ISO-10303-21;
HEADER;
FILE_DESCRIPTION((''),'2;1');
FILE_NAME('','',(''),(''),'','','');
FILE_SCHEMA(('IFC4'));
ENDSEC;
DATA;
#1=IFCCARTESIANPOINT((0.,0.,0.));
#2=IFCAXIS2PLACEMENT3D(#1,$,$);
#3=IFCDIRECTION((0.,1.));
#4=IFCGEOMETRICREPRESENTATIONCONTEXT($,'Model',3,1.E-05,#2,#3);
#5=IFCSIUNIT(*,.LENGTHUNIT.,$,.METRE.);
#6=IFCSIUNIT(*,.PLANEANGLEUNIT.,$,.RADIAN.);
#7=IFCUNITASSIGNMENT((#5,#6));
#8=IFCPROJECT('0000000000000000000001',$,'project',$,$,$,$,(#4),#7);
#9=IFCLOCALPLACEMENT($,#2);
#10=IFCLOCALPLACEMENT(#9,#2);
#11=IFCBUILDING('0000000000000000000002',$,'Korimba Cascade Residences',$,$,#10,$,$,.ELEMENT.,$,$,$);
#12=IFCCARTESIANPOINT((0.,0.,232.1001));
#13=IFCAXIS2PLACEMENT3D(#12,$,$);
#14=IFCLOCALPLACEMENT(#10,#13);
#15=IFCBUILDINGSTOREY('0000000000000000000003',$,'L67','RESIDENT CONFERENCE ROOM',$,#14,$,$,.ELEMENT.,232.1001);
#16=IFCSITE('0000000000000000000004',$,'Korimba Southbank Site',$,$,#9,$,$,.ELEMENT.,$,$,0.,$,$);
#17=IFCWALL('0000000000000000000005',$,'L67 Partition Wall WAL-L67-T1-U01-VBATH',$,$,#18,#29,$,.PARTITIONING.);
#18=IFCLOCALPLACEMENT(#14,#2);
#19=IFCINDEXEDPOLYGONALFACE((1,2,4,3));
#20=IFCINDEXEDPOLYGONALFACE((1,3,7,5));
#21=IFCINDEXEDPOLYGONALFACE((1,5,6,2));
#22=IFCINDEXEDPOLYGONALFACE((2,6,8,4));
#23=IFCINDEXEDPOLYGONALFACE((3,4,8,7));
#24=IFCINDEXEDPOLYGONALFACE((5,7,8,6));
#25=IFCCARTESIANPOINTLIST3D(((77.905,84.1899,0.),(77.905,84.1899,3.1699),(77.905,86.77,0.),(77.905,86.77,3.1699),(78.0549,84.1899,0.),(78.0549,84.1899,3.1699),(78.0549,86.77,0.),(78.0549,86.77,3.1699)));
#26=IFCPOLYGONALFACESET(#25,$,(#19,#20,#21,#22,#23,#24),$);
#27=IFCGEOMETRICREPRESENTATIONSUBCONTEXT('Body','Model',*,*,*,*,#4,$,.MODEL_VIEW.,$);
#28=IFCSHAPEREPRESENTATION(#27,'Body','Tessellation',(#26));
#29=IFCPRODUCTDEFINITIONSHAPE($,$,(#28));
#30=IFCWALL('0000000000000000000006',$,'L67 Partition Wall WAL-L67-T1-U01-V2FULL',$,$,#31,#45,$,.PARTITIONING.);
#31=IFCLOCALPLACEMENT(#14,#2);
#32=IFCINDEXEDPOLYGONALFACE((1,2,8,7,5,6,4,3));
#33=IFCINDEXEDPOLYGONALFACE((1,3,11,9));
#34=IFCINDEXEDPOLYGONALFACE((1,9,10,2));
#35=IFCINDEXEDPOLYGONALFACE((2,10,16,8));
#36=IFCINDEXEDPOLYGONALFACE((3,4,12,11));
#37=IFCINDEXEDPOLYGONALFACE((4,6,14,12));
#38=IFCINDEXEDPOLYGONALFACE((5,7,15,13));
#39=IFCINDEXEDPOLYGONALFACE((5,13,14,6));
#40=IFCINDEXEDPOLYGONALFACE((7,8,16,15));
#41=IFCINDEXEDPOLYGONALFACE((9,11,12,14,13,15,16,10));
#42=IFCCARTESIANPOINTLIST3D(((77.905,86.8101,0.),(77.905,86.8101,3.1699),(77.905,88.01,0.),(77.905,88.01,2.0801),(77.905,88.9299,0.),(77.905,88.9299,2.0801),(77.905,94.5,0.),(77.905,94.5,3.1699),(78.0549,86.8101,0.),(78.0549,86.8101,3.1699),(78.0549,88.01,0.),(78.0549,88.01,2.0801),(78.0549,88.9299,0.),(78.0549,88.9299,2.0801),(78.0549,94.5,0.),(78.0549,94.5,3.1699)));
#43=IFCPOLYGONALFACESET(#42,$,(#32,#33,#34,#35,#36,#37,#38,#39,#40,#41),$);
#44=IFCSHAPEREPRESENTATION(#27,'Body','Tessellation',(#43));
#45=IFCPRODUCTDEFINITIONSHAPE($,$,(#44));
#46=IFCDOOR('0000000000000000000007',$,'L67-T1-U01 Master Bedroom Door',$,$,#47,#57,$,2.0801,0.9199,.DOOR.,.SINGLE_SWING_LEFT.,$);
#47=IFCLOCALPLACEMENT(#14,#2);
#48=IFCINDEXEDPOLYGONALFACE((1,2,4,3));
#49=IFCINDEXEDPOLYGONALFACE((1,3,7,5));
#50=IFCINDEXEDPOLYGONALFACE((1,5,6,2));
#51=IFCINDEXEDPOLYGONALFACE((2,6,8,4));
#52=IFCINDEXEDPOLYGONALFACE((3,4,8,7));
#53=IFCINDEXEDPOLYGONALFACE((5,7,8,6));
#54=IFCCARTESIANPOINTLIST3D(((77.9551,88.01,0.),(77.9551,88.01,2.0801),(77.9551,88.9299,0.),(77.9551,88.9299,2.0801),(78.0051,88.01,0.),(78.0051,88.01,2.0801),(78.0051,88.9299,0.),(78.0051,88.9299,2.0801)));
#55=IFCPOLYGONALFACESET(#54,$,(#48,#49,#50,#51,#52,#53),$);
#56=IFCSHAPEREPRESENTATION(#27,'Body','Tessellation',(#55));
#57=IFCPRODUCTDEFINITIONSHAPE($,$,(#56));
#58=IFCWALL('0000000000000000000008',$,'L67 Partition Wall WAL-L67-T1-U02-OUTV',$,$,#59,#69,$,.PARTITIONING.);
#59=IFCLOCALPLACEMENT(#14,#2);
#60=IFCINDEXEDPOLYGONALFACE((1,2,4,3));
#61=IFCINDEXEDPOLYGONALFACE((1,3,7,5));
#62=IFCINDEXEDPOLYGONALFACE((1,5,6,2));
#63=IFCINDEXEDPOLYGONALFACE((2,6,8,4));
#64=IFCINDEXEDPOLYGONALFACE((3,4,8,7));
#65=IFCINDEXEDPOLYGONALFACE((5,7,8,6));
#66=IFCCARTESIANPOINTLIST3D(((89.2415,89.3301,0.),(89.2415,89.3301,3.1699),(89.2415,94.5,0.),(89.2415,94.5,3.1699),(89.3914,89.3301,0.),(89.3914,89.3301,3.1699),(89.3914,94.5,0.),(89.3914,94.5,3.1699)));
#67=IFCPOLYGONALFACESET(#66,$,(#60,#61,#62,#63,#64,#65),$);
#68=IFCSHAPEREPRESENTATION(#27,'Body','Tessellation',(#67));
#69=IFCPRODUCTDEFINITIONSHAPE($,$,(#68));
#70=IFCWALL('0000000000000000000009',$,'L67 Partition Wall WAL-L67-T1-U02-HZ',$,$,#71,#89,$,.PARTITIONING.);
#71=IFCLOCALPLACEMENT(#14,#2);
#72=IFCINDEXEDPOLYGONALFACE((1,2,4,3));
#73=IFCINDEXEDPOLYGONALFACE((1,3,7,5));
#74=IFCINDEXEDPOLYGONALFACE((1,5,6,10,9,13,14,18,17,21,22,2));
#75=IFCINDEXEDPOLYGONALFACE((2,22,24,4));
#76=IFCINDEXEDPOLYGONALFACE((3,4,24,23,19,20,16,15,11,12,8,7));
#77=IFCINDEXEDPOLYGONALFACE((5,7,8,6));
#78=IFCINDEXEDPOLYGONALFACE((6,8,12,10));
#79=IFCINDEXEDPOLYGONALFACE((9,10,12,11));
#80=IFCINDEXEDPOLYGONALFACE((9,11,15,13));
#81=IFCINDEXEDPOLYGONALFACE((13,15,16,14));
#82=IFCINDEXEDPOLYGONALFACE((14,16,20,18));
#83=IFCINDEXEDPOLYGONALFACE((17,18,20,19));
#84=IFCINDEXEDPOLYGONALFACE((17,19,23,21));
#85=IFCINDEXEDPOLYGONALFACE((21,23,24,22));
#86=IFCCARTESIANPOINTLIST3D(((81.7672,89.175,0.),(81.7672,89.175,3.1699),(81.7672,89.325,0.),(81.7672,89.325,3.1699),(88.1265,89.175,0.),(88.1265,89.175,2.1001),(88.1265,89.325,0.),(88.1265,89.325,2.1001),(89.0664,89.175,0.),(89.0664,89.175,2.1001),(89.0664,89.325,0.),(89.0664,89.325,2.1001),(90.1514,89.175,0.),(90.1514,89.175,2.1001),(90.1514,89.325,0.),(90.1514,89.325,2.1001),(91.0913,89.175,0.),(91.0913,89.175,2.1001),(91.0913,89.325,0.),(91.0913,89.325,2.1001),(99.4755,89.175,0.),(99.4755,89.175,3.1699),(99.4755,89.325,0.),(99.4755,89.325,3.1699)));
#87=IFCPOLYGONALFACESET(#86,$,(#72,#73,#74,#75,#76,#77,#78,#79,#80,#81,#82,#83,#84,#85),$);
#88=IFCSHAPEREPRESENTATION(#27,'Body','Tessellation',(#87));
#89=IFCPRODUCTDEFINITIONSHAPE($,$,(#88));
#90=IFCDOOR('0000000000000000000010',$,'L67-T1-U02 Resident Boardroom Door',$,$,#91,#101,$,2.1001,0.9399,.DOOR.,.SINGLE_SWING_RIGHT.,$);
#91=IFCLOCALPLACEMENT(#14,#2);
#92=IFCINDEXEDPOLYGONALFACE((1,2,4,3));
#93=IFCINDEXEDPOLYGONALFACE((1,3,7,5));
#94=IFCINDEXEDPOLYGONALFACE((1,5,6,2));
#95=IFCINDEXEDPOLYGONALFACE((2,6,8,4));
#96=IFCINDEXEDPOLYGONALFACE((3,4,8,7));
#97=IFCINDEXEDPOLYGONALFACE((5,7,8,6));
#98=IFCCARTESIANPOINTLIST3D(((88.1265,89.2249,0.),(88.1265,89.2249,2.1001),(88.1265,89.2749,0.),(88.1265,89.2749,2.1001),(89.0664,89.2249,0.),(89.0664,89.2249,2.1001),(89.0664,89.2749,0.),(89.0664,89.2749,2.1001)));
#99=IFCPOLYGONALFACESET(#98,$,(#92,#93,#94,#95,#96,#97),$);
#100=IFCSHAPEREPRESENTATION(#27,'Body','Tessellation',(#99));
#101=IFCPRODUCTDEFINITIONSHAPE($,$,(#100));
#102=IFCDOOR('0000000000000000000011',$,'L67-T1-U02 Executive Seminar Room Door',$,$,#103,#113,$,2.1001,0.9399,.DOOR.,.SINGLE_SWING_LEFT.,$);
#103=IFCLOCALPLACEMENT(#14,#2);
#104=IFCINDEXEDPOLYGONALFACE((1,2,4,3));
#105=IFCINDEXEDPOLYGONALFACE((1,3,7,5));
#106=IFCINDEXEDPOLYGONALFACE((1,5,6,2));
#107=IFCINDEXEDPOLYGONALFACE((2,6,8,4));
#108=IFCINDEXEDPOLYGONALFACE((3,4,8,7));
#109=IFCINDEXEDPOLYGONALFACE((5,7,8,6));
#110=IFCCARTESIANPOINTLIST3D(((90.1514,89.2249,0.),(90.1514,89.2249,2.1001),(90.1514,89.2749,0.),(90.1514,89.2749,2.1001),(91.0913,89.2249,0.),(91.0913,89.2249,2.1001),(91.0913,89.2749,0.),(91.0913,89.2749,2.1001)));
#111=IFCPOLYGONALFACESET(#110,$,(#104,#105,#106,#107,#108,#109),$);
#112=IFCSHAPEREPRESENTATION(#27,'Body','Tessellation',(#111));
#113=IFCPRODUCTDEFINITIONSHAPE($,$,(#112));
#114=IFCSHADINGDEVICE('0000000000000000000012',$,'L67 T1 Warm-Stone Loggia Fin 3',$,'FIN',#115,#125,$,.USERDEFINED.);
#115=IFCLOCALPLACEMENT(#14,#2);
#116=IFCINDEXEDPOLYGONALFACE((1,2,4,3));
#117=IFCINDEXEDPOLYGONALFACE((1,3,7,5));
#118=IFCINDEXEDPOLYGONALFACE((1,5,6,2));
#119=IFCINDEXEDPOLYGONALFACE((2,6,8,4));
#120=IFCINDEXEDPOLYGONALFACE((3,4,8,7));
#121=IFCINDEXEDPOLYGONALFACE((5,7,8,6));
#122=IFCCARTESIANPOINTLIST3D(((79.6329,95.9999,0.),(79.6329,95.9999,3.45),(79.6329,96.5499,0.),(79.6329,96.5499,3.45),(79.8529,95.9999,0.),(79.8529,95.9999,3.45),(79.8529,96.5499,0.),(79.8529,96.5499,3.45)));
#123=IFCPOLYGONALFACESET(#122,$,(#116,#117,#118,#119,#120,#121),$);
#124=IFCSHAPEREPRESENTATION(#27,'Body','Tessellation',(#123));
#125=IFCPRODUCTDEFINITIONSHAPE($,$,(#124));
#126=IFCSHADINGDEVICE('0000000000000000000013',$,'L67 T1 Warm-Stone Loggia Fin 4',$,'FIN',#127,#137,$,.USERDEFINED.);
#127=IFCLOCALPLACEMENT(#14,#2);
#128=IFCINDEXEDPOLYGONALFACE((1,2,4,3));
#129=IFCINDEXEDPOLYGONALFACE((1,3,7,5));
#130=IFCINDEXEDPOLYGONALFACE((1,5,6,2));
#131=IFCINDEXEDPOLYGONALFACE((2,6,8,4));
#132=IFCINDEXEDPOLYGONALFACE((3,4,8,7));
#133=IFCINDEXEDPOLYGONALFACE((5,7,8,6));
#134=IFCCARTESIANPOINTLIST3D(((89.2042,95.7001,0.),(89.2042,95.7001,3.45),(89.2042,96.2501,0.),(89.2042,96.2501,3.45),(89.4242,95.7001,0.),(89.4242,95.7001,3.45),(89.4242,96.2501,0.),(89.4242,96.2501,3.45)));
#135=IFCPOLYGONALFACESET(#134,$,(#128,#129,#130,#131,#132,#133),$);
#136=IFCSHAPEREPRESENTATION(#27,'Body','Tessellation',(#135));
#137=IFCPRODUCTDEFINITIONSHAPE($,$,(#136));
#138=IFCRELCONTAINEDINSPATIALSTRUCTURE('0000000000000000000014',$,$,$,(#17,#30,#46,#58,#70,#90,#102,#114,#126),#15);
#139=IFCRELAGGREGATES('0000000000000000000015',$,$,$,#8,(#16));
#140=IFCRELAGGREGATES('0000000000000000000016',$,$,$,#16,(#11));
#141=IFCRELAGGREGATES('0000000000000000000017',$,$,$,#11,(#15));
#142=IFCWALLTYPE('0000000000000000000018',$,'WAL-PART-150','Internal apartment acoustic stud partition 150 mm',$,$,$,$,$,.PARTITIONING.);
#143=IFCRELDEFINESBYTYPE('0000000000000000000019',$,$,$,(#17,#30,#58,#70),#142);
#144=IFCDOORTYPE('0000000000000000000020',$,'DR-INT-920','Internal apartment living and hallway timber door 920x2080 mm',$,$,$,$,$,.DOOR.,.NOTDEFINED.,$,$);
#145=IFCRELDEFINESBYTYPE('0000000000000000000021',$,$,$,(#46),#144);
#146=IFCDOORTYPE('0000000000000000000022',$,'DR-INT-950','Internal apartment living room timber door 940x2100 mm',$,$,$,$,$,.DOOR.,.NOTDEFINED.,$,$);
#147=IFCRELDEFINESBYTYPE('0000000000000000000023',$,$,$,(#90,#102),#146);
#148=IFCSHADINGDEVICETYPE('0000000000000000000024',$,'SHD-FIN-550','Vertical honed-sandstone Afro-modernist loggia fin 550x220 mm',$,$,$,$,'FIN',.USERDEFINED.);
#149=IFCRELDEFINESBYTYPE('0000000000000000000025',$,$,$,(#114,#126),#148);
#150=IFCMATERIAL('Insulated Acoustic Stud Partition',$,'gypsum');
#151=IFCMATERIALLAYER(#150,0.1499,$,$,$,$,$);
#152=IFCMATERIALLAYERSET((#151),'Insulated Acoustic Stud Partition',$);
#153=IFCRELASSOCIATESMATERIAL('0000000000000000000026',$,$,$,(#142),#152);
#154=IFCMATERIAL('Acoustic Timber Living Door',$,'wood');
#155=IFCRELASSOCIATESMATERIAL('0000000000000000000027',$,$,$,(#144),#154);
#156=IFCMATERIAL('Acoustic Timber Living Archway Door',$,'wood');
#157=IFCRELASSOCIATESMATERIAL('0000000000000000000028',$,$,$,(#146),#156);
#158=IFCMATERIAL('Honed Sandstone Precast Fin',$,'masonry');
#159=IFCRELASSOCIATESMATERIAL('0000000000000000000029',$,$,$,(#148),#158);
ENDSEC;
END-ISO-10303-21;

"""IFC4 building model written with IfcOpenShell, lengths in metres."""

from ifc_helpers import new_model, si_unit, direction, frame, frame_2d, origin, origin_2d, place, context, subcontext, project, spatial, rectangle, extrude, material, layer, layer_set, type_object, element, fill, save


model = new_model("IFC4")

# Units and contexts
model_context = context("Model", 3, precision=1e-05, world=origin(), true_north=direction((0.0, 1.0)))
body_context = subcontext(model_context, "Body", "Model", "MODEL_VIEW")
ifc_project = project(units=[si_unit("LENGTHUNIT", "METRE"), si_unit("PLANEANGLEUNIT", "RADIAN")], contexts=[model_context])

# Site, building, storey
site_placement = place(None, origin())
site = spatial("IfcSite", under=ifc_project, at=site_placement, Name="Korimba Southbank Site", CompositionType="ELEMENT", RefElevation=0.0)
building_placement = place(site_placement, origin())
building = spatial("IfcBuilding", under=site, at=building_placement, Name="Korimba Cascade Residences", CompositionType="ELEMENT")
storey_placement = place(building_placement, frame((0.0, 0.0, 232.1001)))
storey = spatial("IfcBuildingStorey", under=building, at=storey_placement, Name="L67", Description="RESIDENT CONFERENCE ROOM", CompositionType="ELEMENT", Elevation=232.1001)

# Shared definitions
ifc_material_1 = material(Name="Insulated Acoustic Stud Partition", Category="gypsum")
ifc_layer_1 = layer(ifc_material_1, 0.1499)
ifc_layer_set_1 = layer_set([ifc_layer_1], Name="Insulated Acoustic Stud Partition")
wall_type_1 = type_object("IfcWallType", Name="WAL-PART-150", Description="Internal apartment acoustic stud partition 150 mm", PredefinedType="PARTITIONING", material=ifc_layer_set_1)

# Wall
wall_1_placement = place(storey_placement, frame((77.98, 84.1899, 0.0), z_axis=(0.0, 0.0, 1.0), x_axis=(0.0, 1.0, 0.0)))
element("IfcWall", 1, at=wall_1_placement, inside=storey, type_object=wall_type_1, Name="L67 Partition Wall WAL-L67-T1-U01-VBATH", PredefinedType="PARTITIONING", context=body_context, shape_type="SweptSolid", body=[
    extrude(rectangle(XDim=2.5801, YDim=0.1499, at=frame_2d((1.29, 0.0))), origin(), (0.0, 0.0, 1.0), 3.1699),
])

# Wall, opening, door
wall_2_placement = place(storey_placement, frame((77.98, 86.8101, 0.0), z_axis=(0.0, 0.0, 1.0), x_axis=(0.0, 1.0, 0.0)))
wall_2 = element("IfcWall", 2, at=wall_2_placement, inside=storey, type_object=wall_type_1, Name="L67 Partition Wall WAL-L67-T1-U01-V2FULL", PredefinedType="PARTITIONING", context=body_context, shape_type="SweptSolid", body=[
    extrude(rectangle(XDim=7.6899, YDim=0.1499, at=frame_2d((3.845, 0.0))), origin(), (0.0, 0.0, 1.0), 3.1699),
])
opening_1_placement = place(wall_2_placement, frame((1.2, 0.0, 0.0)))
opening_1 = element("IfcOpeningElement", 3, at=opening_1_placement, cuts=wall_2, PredefinedType="OPENING", context=body_context, shape_type="SweptSolid", body=[
    extrude(rectangle(XDim=0.9199, YDim=2.0801, at=frame_2d((0.46, 1.04))), frame((0.0, 0.085, 0.0), z_axis=(0.0, -1.0, 0.0), x_axis=(1.0, 0.0, 0.0)), (0.0, 0.0, 1.0), 0.1699),
])
ifc_material_2 = material(Name="Acoustic Timber Living Door", Category="wood")
door_type_1 = type_object("IfcDoorType", Name="DR-INT-920", Description="Internal apartment living and hallway timber door 920x2080 mm", OperationType="NOTDEFINED", PredefinedType="DOOR", material=ifc_material_2)
door_1_placement = place(opening_1_placement, origin())
door_1 = element("IfcDoor", 4, at=door_1_placement, inside=storey, type_object=door_type_1, Name="L67-T1-U01 Master Bedroom Door", OperationType="SINGLE_SWING_LEFT", OverallHeight=2.0801, OverallWidth=0.9199, PredefinedType="DOOR", context=body_context, shape_type="SweptSolid", body=[
    extrude(rectangle(XDim=0.9199, YDim=2.0801, at=frame_2d((0.46, 1.04))), frame((0.0, 0.0249, 0.0), z_axis=(0.0, -1.0, 0.0), x_axis=(1.0, 0.0, 0.0)), (0.0, 0.0, 1.0), 0.05),
])
fill(opening_1, door_1)

# Wall
wall_3_placement = place(storey_placement, frame((89.3164, 89.3301, 0.0), z_axis=(0.0, 0.0, 1.0), x_axis=(0.0, 1.0, 0.0)))
element("IfcWall", 5, at=wall_3_placement, inside=storey, type_object=wall_type_1, Name="L67 Partition Wall WAL-L67-T1-U02-OUTV", PredefinedType="PARTITIONING", context=body_context, shape_type="SweptSolid", body=[
    extrude(rectangle(XDim=5.1699, YDim=0.1499, at=frame_2d((2.585, 0.0))), origin(), (0.0, 0.0, 1.0), 3.1699),
])

# Wall, openings, doors
wall_4_placement = place(storey_placement, frame((81.7673, 89.25, 0.0), z_axis=(0.0, 0.0, 1.0), x_axis=(1.0, 0.0, 0.0)))
wall_4 = element("IfcWall", 6, at=wall_4_placement, inside=storey, type_object=wall_type_1, Name="L67 Partition Wall WAL-L67-T1-U02-HZ", PredefinedType="PARTITIONING", context=body_context, shape_type="SweptSolid", body=[
    extrude(rectangle(XDim=17.7083, YDim=0.1499, at=frame_2d((8.854, 0.0))), origin(), (0.0, 0.0, 1.0), 3.1699),
])
opening_2_placement = place(wall_4_placement, frame((6.3591, 0.0, 0.0)))
opening_2 = element("IfcOpeningElement", 7, at=opening_2_placement, cuts=wall_4, PredefinedType="OPENING", context=body_context, shape_type="SweptSolid", body=[
    extrude(rectangle(XDim=0.9399, YDim=2.1001, at=frame_2d((0.47, 1.05))), frame((0.0, 0.085, 0.0), z_axis=(0.0, -1.0, 0.0), x_axis=(1.0, 0.0, 0.0)), (0.0, 0.0, 1.0), 0.1699),
])
opening_3_placement = place(wall_4_placement, frame((8.384, 0.0, 0.0)))
opening_3 = element("IfcOpeningElement", 8, at=opening_3_placement, cuts=wall_4, PredefinedType="OPENING", context=body_context, shape_type="SweptSolid", body=[
    extrude(rectangle(XDim=0.9399, YDim=2.1001, at=frame_2d((0.47, 1.05))), frame((0.0, 0.085, 0.0), z_axis=(0.0, -1.0, 0.0), x_axis=(1.0, 0.0, 0.0)), (0.0, 0.0, 1.0), 0.1699),
])
ifc_material_3 = material(Name="Acoustic Timber Living Archway Door", Category="wood")
door_type_2 = type_object("IfcDoorType", Name="DR-INT-950", Description="Internal apartment living room timber door 940x2100 mm", OperationType="NOTDEFINED", PredefinedType="DOOR", material=ifc_material_3)
door_2_placement = place(opening_2_placement, origin())
door_2 = element("IfcDoor", 9, at=door_2_placement, inside=storey, type_object=door_type_2, Name="L67-T1-U02 Resident Boardroom Door", OperationType="SINGLE_SWING_RIGHT", OverallHeight=2.1001, OverallWidth=0.9399, PredefinedType="DOOR", context=body_context, shape_type="SweptSolid", body=[
    extrude(rectangle(XDim=0.9399, YDim=2.1001, at=frame_2d((0.47, 1.05))), frame((0.0, 0.0249, 0.0), z_axis=(0.0, -1.0, 0.0), x_axis=(1.0, 0.0, 0.0)), (0.0, 0.0, 1.0), 0.05),
])
fill(opening_2, door_2)
door_3_placement = place(opening_3_placement, origin())
door_3 = element("IfcDoor", 10, at=door_3_placement, inside=storey, type_object=door_type_2, Name="L67-T1-U02 Executive Seminar Room Door", OperationType="SINGLE_SWING_LEFT", OverallHeight=2.1001, OverallWidth=0.9399, PredefinedType="DOOR", context=body_context, shape_type="SweptSolid", body=[
    extrude(rectangle(XDim=0.9399, YDim=2.1001, at=frame_2d((0.47, 1.05))), frame((0.0, 0.0249, 0.0), z_axis=(0.0, -1.0, 0.0), x_axis=(1.0, 0.0, 0.0)), (0.0, 0.0, 1.0), 0.05),
])
fill(opening_3, door_3)

# Shading devices
ifc_material_4 = material(Name="Honed Sandstone Precast Fin", Category="masonry")
shading_device_type = type_object("IfcShadingDeviceType", Name="SHD-FIN-550", Description="Vertical honed-sandstone Afro-modernist loggia fin 550x220 mm", ElementType="FIN", PredefinedType="USERDEFINED", material=ifc_material_4)
for number, where, z_axis, x_axis, name in (
    (11, (79.7429, 96.2749, 0.0), (0.0, 0.0, 1.0), (1.0, 0.0, 0.0), "L67 T1 Warm-Stone Loggia Fin 3"),
    (12, (89.3142, 95.9751, 0.0), (0.0, 0.0, 1.0), (1.0, 0.0, 0.0), "L67 T1 Warm-Stone Loggia Fin 4"),
):
    element("IfcShadingDevice", number, at=place(storey_placement, frame(where, z_axis=z_axis, x_axis=x_axis)), inside=storey, type_object=shading_device_type, Name=name, ObjectType="FIN", PredefinedType="USERDEFINED", context=body_context, shape_type="SweptSolid", body=[
        extrude(rectangle(XDim=0.22, YDim=0.55, at=origin_2d()), origin(), (0.0, 0.0, 1.0), 3.45),
    ])

save(model, "model.ifc")
